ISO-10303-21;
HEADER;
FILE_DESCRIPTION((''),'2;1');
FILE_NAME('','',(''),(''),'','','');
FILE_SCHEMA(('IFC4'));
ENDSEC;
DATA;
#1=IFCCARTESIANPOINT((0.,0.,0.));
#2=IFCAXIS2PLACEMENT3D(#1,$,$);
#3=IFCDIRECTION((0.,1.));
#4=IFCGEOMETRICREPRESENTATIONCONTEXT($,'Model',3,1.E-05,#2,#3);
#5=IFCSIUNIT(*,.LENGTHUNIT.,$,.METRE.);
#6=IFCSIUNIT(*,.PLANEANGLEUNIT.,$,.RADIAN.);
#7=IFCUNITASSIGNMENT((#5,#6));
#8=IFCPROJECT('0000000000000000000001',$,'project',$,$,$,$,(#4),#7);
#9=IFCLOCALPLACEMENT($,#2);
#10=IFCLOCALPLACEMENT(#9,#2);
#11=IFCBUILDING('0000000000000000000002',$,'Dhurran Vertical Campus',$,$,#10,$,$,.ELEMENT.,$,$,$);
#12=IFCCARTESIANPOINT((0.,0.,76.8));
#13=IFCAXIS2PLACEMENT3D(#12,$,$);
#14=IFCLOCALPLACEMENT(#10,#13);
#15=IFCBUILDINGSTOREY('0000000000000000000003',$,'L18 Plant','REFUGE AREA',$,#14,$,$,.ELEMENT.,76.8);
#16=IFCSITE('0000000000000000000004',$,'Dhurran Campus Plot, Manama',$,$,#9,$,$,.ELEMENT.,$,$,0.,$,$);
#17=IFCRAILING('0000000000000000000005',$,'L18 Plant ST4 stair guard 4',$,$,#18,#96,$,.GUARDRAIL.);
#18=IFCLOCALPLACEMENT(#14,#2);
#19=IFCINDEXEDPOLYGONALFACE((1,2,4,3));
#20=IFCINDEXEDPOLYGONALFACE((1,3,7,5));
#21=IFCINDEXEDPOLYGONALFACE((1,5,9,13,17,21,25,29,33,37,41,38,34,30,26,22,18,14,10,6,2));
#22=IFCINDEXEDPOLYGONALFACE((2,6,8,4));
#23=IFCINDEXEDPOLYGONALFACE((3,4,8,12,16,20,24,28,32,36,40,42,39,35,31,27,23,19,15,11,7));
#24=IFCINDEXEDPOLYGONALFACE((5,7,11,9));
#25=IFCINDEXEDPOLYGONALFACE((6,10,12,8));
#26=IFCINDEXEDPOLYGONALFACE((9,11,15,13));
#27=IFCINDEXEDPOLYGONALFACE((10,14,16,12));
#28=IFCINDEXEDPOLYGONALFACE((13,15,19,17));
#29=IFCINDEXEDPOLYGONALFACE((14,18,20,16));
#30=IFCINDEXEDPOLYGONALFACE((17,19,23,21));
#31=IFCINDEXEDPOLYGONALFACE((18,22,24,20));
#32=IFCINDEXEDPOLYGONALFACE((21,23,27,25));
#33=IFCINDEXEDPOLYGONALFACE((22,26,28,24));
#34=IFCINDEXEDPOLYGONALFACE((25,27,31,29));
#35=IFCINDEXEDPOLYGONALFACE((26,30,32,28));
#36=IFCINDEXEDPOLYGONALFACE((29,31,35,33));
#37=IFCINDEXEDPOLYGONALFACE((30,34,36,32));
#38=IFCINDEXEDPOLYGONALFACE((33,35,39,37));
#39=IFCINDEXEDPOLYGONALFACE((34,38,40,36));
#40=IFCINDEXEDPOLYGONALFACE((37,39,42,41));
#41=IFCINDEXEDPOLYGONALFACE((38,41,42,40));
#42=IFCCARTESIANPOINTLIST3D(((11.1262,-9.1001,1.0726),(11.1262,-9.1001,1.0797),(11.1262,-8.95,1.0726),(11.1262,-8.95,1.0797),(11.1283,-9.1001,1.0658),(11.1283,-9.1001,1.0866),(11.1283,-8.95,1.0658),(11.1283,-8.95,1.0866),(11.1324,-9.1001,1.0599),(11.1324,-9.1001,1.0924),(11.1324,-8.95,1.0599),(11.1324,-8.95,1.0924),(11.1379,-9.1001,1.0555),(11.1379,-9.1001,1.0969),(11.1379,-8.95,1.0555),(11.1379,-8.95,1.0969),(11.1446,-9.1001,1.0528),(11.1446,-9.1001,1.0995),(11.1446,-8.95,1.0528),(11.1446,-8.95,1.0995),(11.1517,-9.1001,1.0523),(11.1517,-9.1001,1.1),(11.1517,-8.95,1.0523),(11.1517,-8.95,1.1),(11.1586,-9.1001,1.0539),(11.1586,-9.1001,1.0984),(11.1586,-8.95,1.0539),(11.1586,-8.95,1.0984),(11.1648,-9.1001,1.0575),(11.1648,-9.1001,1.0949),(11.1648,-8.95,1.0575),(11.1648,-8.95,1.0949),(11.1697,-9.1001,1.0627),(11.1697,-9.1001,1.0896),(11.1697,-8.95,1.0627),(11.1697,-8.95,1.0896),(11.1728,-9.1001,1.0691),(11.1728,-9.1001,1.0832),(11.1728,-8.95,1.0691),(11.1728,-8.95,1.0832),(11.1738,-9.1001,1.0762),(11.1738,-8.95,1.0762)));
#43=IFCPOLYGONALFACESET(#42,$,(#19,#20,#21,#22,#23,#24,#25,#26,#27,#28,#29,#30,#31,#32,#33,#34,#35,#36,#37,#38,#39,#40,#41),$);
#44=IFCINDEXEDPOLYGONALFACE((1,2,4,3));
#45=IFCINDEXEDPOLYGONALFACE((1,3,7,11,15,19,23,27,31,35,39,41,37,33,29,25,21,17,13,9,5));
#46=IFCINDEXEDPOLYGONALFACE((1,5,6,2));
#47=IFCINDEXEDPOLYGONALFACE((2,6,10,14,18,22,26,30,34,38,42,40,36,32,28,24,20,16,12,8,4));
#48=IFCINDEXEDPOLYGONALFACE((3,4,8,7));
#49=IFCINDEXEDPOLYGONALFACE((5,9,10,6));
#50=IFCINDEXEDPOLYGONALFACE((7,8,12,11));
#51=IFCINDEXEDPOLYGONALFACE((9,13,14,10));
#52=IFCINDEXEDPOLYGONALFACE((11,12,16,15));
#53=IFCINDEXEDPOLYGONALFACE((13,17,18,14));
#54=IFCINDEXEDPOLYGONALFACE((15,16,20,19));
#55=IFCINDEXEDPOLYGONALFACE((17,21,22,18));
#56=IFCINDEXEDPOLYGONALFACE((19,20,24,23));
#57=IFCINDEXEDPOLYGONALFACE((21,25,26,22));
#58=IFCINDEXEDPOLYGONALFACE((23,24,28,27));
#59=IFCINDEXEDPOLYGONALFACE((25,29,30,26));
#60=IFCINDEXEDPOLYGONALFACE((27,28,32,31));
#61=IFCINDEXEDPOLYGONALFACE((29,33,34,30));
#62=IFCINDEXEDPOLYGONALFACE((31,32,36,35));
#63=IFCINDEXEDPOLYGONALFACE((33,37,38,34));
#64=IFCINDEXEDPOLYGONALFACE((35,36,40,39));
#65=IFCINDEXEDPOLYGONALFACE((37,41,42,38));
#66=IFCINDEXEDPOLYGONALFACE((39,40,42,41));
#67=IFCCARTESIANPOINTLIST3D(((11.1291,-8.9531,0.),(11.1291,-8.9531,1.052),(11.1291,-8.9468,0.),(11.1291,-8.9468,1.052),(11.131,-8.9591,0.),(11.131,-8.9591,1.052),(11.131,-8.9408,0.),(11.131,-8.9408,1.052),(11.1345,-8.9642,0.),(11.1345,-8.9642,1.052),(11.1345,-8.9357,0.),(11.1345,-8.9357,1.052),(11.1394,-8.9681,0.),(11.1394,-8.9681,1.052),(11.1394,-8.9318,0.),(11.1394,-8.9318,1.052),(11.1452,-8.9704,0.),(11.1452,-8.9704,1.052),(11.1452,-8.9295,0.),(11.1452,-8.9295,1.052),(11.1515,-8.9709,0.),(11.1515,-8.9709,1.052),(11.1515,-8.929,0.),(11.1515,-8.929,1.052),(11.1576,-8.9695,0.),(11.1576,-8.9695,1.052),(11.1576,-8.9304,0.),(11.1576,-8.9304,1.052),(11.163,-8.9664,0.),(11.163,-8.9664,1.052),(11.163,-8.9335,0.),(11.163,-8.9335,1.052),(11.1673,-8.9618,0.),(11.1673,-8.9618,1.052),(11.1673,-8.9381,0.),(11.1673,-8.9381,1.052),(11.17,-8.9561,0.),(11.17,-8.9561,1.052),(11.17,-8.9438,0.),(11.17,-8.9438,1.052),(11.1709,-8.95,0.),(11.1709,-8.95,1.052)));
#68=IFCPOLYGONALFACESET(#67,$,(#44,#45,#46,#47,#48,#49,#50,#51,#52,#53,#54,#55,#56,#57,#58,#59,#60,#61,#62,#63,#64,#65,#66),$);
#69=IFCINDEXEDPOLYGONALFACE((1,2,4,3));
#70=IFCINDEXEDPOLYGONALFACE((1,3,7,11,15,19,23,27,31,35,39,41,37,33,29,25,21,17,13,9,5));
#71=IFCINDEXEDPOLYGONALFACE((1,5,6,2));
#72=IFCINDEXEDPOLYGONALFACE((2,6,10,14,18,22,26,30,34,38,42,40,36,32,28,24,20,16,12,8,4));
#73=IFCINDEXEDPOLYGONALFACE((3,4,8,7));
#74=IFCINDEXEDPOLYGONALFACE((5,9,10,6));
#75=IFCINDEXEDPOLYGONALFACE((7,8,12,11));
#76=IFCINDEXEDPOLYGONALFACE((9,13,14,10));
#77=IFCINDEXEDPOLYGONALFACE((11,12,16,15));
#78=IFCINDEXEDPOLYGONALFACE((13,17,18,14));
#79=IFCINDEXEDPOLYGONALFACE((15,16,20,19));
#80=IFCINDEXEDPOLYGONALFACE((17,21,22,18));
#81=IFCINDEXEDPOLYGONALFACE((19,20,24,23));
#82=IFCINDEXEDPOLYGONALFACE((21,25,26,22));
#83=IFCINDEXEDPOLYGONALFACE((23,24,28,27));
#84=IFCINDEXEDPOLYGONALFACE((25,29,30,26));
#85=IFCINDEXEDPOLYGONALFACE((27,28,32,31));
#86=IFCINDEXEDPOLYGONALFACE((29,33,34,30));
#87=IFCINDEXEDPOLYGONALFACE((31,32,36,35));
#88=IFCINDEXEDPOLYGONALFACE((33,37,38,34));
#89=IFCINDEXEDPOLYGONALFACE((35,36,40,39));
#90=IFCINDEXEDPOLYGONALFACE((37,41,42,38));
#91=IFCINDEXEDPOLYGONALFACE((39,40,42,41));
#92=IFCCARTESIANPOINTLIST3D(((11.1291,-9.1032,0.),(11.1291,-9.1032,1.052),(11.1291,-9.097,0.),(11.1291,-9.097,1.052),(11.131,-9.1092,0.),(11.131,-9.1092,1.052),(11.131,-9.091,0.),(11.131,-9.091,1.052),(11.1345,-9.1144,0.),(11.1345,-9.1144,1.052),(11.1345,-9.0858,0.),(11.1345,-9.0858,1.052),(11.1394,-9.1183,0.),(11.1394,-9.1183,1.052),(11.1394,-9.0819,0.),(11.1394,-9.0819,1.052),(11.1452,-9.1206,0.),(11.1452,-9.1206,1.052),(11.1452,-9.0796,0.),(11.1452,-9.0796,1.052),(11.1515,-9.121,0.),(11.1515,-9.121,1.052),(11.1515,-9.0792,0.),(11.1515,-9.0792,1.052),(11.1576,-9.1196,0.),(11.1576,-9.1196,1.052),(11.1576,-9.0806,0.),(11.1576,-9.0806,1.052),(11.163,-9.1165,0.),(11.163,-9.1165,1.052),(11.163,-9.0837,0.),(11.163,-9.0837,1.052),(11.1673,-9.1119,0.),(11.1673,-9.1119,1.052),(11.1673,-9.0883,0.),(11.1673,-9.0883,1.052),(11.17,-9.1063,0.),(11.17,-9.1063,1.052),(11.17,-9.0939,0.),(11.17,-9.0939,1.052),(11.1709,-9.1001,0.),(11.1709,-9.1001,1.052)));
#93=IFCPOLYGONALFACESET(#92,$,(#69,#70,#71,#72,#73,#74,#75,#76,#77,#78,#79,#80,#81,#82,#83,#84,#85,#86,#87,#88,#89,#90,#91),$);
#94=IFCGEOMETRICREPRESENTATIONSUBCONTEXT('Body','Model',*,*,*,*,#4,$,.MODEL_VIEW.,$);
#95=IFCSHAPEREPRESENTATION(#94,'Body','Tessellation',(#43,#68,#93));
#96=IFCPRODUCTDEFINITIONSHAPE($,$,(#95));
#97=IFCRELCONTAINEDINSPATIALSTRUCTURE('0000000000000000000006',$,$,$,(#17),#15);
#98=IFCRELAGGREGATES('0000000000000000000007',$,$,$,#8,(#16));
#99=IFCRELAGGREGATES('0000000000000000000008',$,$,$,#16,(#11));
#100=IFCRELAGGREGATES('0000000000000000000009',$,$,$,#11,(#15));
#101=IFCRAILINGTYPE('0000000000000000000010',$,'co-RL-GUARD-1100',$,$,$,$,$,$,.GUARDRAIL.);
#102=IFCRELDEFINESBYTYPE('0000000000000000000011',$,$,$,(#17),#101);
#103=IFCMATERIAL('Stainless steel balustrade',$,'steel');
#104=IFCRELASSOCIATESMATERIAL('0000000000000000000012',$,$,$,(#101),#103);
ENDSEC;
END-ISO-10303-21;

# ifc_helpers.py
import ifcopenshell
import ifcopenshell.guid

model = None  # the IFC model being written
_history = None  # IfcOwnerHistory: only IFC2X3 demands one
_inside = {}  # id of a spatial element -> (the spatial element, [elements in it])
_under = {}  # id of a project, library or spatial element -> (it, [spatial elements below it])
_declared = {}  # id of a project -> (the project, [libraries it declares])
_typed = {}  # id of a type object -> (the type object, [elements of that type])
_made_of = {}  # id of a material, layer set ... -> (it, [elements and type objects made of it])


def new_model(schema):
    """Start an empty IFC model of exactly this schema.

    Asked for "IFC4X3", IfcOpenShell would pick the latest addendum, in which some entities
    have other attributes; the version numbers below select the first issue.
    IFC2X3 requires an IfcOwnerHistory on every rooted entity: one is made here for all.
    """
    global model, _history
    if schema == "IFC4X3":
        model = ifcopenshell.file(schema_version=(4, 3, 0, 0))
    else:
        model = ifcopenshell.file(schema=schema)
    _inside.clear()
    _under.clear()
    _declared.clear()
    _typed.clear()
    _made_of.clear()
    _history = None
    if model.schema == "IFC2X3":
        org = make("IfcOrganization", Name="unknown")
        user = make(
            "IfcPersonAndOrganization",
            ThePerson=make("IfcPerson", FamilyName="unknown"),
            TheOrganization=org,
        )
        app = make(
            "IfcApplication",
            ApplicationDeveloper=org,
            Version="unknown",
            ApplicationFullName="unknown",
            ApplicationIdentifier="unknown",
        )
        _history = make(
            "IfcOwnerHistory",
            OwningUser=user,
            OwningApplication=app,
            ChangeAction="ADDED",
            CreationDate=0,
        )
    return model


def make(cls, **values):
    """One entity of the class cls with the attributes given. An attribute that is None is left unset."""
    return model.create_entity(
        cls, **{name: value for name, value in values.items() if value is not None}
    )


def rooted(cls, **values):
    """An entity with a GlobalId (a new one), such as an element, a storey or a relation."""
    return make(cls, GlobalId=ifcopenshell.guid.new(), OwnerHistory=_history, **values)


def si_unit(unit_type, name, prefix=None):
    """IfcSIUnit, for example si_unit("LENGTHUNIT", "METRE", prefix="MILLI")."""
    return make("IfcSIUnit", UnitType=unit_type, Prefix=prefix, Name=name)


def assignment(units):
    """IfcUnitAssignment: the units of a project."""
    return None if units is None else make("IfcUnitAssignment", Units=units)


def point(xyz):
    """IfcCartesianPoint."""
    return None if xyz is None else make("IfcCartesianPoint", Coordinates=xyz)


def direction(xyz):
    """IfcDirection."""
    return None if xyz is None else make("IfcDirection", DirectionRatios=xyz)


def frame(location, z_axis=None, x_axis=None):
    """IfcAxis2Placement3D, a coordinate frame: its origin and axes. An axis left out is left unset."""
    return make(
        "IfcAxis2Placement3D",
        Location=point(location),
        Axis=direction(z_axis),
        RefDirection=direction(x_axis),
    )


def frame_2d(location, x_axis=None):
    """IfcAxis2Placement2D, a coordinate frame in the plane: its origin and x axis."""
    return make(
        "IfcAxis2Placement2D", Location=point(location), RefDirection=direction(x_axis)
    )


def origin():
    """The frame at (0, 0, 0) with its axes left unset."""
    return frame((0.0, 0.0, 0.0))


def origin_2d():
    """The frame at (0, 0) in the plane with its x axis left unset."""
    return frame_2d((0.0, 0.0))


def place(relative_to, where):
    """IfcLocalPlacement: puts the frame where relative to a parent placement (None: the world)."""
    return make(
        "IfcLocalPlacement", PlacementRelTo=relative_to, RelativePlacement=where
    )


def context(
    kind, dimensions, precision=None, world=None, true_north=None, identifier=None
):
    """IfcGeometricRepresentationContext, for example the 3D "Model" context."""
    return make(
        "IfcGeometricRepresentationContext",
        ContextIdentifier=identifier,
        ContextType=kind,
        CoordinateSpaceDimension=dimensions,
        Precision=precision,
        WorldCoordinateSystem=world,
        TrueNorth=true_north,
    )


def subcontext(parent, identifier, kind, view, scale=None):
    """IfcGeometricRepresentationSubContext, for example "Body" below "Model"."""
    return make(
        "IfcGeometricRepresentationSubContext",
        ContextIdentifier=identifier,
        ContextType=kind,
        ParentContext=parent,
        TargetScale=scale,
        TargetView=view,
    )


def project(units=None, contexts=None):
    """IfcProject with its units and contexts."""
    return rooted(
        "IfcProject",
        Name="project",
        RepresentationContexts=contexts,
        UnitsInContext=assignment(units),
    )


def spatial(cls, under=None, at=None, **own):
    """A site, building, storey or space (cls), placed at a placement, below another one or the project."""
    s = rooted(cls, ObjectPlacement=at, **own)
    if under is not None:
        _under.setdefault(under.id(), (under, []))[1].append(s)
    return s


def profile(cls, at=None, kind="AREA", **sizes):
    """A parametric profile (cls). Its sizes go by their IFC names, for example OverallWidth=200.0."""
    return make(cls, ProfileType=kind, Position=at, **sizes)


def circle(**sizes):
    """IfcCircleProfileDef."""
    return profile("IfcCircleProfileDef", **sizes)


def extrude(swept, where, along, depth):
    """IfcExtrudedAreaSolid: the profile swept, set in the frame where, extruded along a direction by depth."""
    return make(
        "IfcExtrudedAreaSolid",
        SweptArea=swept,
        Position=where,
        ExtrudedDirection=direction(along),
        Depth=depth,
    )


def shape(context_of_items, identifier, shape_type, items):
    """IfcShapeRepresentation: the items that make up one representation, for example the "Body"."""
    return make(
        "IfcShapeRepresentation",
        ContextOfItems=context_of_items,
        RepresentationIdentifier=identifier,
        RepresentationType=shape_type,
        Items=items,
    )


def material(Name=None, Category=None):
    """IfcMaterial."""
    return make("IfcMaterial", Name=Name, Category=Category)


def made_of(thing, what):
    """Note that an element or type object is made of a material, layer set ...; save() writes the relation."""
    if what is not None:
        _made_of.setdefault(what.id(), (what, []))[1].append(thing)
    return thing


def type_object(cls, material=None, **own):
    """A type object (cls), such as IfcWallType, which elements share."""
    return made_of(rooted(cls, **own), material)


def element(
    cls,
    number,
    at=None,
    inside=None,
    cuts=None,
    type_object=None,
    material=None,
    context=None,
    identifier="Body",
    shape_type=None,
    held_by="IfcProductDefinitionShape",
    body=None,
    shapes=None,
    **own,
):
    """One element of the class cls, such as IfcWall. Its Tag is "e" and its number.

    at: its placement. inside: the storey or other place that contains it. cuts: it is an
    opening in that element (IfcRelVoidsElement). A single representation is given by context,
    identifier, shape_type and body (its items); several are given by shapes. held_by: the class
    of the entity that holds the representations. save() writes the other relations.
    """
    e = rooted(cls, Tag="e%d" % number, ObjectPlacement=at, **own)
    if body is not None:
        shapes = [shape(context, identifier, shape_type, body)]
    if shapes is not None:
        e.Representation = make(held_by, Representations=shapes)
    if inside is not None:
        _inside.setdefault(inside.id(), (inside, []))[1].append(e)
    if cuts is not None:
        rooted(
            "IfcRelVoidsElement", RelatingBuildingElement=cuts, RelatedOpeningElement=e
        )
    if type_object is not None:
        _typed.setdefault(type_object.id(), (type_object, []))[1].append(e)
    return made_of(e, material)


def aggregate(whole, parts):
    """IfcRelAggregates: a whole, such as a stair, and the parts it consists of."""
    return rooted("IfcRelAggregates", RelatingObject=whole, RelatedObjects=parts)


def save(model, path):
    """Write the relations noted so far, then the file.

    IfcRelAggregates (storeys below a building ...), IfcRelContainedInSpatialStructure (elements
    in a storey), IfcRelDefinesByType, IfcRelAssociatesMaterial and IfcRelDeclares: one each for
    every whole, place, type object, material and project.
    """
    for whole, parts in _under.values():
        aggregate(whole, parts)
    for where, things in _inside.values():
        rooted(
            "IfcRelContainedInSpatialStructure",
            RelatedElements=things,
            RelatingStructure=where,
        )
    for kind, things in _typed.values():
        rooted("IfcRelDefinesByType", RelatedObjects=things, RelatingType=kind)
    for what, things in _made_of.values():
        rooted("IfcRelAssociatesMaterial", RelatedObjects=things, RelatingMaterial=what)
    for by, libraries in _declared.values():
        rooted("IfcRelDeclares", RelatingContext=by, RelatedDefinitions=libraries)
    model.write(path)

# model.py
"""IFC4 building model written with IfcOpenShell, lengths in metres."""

from ifc_helpers import new_model, si_unit, direction, frame, origin, origin_2d, place, context, subcontext, project, spatial, circle, extrude, material, type_object, element, save


model = new_model("IFC4")

# Units and contexts
model_context = context("Model", 3, precision=1e-05, world=origin(), true_north=direction((0.0, 1.0)))
body_context = subcontext(model_context, "Body", "Model", "MODEL_VIEW")
ifc_project = project(units=[si_unit("LENGTHUNIT", "METRE"), si_unit("PLANEANGLEUNIT", "RADIAN")], contexts=[model_context])

# Site, building, storey
site_placement = place(None, origin())
site = spatial("IfcSite", under=ifc_project, at=site_placement, Name="Dhurran Campus Plot, Manama", CompositionType="ELEMENT", RefElevation=0.0)
building_placement = place(site_placement, origin())
building = spatial("IfcBuilding", under=site, at=building_placement, Name="Dhurran Vertical Campus", CompositionType="ELEMENT")
storey_placement = place(building_placement, frame((0.0, 0.0, 76.8)))
storey = spatial("IfcBuildingStorey", under=building, at=storey_placement, Name="L18 Plant", Description="REFUGE AREA", CompositionType="ELEMENT", Elevation=76.8)

# Railing
ifc_material_1 = material(Name="Stainless steel balustrade", Category="steel")
railing_type_1 = type_object("IfcRailingType", Name="co-RL-GUARD-1100", PredefinedType="GUARDRAIL", material=ifc_material_1)
railing_1_placement = place(storey_placement, frame((11.1499, -8.95, 0.0)))
element("IfcRailing", 1, at=railing_1_placement, inside=storey, type_object=railing_type_1, Name="L18 Plant ST4 stair guard 4", PredefinedType="GUARDRAIL", context=body_context, shape_type="SweptSolid", body=[
    extrude(circle(Radius=0.0239, at=origin_2d()), frame((0.0, 0.0, 1.0762), z_axis=(0.0, -1.0, 0.0), x_axis=(1.0, 0.0, 0.0)), (0.0, 0.0, 1.0), 0.1501),
    extrude(circle(Radius=0.021, at=origin_2d()), origin(), (0.0, 0.0, 1.0), 1.052),
    extrude(circle(Radius=0.021, at=origin_2d()), frame((0.0, -0.1501, 0.0)), (0.0, 0.0, 1.0), 1.052),
])

save(model, "model.ifc")
